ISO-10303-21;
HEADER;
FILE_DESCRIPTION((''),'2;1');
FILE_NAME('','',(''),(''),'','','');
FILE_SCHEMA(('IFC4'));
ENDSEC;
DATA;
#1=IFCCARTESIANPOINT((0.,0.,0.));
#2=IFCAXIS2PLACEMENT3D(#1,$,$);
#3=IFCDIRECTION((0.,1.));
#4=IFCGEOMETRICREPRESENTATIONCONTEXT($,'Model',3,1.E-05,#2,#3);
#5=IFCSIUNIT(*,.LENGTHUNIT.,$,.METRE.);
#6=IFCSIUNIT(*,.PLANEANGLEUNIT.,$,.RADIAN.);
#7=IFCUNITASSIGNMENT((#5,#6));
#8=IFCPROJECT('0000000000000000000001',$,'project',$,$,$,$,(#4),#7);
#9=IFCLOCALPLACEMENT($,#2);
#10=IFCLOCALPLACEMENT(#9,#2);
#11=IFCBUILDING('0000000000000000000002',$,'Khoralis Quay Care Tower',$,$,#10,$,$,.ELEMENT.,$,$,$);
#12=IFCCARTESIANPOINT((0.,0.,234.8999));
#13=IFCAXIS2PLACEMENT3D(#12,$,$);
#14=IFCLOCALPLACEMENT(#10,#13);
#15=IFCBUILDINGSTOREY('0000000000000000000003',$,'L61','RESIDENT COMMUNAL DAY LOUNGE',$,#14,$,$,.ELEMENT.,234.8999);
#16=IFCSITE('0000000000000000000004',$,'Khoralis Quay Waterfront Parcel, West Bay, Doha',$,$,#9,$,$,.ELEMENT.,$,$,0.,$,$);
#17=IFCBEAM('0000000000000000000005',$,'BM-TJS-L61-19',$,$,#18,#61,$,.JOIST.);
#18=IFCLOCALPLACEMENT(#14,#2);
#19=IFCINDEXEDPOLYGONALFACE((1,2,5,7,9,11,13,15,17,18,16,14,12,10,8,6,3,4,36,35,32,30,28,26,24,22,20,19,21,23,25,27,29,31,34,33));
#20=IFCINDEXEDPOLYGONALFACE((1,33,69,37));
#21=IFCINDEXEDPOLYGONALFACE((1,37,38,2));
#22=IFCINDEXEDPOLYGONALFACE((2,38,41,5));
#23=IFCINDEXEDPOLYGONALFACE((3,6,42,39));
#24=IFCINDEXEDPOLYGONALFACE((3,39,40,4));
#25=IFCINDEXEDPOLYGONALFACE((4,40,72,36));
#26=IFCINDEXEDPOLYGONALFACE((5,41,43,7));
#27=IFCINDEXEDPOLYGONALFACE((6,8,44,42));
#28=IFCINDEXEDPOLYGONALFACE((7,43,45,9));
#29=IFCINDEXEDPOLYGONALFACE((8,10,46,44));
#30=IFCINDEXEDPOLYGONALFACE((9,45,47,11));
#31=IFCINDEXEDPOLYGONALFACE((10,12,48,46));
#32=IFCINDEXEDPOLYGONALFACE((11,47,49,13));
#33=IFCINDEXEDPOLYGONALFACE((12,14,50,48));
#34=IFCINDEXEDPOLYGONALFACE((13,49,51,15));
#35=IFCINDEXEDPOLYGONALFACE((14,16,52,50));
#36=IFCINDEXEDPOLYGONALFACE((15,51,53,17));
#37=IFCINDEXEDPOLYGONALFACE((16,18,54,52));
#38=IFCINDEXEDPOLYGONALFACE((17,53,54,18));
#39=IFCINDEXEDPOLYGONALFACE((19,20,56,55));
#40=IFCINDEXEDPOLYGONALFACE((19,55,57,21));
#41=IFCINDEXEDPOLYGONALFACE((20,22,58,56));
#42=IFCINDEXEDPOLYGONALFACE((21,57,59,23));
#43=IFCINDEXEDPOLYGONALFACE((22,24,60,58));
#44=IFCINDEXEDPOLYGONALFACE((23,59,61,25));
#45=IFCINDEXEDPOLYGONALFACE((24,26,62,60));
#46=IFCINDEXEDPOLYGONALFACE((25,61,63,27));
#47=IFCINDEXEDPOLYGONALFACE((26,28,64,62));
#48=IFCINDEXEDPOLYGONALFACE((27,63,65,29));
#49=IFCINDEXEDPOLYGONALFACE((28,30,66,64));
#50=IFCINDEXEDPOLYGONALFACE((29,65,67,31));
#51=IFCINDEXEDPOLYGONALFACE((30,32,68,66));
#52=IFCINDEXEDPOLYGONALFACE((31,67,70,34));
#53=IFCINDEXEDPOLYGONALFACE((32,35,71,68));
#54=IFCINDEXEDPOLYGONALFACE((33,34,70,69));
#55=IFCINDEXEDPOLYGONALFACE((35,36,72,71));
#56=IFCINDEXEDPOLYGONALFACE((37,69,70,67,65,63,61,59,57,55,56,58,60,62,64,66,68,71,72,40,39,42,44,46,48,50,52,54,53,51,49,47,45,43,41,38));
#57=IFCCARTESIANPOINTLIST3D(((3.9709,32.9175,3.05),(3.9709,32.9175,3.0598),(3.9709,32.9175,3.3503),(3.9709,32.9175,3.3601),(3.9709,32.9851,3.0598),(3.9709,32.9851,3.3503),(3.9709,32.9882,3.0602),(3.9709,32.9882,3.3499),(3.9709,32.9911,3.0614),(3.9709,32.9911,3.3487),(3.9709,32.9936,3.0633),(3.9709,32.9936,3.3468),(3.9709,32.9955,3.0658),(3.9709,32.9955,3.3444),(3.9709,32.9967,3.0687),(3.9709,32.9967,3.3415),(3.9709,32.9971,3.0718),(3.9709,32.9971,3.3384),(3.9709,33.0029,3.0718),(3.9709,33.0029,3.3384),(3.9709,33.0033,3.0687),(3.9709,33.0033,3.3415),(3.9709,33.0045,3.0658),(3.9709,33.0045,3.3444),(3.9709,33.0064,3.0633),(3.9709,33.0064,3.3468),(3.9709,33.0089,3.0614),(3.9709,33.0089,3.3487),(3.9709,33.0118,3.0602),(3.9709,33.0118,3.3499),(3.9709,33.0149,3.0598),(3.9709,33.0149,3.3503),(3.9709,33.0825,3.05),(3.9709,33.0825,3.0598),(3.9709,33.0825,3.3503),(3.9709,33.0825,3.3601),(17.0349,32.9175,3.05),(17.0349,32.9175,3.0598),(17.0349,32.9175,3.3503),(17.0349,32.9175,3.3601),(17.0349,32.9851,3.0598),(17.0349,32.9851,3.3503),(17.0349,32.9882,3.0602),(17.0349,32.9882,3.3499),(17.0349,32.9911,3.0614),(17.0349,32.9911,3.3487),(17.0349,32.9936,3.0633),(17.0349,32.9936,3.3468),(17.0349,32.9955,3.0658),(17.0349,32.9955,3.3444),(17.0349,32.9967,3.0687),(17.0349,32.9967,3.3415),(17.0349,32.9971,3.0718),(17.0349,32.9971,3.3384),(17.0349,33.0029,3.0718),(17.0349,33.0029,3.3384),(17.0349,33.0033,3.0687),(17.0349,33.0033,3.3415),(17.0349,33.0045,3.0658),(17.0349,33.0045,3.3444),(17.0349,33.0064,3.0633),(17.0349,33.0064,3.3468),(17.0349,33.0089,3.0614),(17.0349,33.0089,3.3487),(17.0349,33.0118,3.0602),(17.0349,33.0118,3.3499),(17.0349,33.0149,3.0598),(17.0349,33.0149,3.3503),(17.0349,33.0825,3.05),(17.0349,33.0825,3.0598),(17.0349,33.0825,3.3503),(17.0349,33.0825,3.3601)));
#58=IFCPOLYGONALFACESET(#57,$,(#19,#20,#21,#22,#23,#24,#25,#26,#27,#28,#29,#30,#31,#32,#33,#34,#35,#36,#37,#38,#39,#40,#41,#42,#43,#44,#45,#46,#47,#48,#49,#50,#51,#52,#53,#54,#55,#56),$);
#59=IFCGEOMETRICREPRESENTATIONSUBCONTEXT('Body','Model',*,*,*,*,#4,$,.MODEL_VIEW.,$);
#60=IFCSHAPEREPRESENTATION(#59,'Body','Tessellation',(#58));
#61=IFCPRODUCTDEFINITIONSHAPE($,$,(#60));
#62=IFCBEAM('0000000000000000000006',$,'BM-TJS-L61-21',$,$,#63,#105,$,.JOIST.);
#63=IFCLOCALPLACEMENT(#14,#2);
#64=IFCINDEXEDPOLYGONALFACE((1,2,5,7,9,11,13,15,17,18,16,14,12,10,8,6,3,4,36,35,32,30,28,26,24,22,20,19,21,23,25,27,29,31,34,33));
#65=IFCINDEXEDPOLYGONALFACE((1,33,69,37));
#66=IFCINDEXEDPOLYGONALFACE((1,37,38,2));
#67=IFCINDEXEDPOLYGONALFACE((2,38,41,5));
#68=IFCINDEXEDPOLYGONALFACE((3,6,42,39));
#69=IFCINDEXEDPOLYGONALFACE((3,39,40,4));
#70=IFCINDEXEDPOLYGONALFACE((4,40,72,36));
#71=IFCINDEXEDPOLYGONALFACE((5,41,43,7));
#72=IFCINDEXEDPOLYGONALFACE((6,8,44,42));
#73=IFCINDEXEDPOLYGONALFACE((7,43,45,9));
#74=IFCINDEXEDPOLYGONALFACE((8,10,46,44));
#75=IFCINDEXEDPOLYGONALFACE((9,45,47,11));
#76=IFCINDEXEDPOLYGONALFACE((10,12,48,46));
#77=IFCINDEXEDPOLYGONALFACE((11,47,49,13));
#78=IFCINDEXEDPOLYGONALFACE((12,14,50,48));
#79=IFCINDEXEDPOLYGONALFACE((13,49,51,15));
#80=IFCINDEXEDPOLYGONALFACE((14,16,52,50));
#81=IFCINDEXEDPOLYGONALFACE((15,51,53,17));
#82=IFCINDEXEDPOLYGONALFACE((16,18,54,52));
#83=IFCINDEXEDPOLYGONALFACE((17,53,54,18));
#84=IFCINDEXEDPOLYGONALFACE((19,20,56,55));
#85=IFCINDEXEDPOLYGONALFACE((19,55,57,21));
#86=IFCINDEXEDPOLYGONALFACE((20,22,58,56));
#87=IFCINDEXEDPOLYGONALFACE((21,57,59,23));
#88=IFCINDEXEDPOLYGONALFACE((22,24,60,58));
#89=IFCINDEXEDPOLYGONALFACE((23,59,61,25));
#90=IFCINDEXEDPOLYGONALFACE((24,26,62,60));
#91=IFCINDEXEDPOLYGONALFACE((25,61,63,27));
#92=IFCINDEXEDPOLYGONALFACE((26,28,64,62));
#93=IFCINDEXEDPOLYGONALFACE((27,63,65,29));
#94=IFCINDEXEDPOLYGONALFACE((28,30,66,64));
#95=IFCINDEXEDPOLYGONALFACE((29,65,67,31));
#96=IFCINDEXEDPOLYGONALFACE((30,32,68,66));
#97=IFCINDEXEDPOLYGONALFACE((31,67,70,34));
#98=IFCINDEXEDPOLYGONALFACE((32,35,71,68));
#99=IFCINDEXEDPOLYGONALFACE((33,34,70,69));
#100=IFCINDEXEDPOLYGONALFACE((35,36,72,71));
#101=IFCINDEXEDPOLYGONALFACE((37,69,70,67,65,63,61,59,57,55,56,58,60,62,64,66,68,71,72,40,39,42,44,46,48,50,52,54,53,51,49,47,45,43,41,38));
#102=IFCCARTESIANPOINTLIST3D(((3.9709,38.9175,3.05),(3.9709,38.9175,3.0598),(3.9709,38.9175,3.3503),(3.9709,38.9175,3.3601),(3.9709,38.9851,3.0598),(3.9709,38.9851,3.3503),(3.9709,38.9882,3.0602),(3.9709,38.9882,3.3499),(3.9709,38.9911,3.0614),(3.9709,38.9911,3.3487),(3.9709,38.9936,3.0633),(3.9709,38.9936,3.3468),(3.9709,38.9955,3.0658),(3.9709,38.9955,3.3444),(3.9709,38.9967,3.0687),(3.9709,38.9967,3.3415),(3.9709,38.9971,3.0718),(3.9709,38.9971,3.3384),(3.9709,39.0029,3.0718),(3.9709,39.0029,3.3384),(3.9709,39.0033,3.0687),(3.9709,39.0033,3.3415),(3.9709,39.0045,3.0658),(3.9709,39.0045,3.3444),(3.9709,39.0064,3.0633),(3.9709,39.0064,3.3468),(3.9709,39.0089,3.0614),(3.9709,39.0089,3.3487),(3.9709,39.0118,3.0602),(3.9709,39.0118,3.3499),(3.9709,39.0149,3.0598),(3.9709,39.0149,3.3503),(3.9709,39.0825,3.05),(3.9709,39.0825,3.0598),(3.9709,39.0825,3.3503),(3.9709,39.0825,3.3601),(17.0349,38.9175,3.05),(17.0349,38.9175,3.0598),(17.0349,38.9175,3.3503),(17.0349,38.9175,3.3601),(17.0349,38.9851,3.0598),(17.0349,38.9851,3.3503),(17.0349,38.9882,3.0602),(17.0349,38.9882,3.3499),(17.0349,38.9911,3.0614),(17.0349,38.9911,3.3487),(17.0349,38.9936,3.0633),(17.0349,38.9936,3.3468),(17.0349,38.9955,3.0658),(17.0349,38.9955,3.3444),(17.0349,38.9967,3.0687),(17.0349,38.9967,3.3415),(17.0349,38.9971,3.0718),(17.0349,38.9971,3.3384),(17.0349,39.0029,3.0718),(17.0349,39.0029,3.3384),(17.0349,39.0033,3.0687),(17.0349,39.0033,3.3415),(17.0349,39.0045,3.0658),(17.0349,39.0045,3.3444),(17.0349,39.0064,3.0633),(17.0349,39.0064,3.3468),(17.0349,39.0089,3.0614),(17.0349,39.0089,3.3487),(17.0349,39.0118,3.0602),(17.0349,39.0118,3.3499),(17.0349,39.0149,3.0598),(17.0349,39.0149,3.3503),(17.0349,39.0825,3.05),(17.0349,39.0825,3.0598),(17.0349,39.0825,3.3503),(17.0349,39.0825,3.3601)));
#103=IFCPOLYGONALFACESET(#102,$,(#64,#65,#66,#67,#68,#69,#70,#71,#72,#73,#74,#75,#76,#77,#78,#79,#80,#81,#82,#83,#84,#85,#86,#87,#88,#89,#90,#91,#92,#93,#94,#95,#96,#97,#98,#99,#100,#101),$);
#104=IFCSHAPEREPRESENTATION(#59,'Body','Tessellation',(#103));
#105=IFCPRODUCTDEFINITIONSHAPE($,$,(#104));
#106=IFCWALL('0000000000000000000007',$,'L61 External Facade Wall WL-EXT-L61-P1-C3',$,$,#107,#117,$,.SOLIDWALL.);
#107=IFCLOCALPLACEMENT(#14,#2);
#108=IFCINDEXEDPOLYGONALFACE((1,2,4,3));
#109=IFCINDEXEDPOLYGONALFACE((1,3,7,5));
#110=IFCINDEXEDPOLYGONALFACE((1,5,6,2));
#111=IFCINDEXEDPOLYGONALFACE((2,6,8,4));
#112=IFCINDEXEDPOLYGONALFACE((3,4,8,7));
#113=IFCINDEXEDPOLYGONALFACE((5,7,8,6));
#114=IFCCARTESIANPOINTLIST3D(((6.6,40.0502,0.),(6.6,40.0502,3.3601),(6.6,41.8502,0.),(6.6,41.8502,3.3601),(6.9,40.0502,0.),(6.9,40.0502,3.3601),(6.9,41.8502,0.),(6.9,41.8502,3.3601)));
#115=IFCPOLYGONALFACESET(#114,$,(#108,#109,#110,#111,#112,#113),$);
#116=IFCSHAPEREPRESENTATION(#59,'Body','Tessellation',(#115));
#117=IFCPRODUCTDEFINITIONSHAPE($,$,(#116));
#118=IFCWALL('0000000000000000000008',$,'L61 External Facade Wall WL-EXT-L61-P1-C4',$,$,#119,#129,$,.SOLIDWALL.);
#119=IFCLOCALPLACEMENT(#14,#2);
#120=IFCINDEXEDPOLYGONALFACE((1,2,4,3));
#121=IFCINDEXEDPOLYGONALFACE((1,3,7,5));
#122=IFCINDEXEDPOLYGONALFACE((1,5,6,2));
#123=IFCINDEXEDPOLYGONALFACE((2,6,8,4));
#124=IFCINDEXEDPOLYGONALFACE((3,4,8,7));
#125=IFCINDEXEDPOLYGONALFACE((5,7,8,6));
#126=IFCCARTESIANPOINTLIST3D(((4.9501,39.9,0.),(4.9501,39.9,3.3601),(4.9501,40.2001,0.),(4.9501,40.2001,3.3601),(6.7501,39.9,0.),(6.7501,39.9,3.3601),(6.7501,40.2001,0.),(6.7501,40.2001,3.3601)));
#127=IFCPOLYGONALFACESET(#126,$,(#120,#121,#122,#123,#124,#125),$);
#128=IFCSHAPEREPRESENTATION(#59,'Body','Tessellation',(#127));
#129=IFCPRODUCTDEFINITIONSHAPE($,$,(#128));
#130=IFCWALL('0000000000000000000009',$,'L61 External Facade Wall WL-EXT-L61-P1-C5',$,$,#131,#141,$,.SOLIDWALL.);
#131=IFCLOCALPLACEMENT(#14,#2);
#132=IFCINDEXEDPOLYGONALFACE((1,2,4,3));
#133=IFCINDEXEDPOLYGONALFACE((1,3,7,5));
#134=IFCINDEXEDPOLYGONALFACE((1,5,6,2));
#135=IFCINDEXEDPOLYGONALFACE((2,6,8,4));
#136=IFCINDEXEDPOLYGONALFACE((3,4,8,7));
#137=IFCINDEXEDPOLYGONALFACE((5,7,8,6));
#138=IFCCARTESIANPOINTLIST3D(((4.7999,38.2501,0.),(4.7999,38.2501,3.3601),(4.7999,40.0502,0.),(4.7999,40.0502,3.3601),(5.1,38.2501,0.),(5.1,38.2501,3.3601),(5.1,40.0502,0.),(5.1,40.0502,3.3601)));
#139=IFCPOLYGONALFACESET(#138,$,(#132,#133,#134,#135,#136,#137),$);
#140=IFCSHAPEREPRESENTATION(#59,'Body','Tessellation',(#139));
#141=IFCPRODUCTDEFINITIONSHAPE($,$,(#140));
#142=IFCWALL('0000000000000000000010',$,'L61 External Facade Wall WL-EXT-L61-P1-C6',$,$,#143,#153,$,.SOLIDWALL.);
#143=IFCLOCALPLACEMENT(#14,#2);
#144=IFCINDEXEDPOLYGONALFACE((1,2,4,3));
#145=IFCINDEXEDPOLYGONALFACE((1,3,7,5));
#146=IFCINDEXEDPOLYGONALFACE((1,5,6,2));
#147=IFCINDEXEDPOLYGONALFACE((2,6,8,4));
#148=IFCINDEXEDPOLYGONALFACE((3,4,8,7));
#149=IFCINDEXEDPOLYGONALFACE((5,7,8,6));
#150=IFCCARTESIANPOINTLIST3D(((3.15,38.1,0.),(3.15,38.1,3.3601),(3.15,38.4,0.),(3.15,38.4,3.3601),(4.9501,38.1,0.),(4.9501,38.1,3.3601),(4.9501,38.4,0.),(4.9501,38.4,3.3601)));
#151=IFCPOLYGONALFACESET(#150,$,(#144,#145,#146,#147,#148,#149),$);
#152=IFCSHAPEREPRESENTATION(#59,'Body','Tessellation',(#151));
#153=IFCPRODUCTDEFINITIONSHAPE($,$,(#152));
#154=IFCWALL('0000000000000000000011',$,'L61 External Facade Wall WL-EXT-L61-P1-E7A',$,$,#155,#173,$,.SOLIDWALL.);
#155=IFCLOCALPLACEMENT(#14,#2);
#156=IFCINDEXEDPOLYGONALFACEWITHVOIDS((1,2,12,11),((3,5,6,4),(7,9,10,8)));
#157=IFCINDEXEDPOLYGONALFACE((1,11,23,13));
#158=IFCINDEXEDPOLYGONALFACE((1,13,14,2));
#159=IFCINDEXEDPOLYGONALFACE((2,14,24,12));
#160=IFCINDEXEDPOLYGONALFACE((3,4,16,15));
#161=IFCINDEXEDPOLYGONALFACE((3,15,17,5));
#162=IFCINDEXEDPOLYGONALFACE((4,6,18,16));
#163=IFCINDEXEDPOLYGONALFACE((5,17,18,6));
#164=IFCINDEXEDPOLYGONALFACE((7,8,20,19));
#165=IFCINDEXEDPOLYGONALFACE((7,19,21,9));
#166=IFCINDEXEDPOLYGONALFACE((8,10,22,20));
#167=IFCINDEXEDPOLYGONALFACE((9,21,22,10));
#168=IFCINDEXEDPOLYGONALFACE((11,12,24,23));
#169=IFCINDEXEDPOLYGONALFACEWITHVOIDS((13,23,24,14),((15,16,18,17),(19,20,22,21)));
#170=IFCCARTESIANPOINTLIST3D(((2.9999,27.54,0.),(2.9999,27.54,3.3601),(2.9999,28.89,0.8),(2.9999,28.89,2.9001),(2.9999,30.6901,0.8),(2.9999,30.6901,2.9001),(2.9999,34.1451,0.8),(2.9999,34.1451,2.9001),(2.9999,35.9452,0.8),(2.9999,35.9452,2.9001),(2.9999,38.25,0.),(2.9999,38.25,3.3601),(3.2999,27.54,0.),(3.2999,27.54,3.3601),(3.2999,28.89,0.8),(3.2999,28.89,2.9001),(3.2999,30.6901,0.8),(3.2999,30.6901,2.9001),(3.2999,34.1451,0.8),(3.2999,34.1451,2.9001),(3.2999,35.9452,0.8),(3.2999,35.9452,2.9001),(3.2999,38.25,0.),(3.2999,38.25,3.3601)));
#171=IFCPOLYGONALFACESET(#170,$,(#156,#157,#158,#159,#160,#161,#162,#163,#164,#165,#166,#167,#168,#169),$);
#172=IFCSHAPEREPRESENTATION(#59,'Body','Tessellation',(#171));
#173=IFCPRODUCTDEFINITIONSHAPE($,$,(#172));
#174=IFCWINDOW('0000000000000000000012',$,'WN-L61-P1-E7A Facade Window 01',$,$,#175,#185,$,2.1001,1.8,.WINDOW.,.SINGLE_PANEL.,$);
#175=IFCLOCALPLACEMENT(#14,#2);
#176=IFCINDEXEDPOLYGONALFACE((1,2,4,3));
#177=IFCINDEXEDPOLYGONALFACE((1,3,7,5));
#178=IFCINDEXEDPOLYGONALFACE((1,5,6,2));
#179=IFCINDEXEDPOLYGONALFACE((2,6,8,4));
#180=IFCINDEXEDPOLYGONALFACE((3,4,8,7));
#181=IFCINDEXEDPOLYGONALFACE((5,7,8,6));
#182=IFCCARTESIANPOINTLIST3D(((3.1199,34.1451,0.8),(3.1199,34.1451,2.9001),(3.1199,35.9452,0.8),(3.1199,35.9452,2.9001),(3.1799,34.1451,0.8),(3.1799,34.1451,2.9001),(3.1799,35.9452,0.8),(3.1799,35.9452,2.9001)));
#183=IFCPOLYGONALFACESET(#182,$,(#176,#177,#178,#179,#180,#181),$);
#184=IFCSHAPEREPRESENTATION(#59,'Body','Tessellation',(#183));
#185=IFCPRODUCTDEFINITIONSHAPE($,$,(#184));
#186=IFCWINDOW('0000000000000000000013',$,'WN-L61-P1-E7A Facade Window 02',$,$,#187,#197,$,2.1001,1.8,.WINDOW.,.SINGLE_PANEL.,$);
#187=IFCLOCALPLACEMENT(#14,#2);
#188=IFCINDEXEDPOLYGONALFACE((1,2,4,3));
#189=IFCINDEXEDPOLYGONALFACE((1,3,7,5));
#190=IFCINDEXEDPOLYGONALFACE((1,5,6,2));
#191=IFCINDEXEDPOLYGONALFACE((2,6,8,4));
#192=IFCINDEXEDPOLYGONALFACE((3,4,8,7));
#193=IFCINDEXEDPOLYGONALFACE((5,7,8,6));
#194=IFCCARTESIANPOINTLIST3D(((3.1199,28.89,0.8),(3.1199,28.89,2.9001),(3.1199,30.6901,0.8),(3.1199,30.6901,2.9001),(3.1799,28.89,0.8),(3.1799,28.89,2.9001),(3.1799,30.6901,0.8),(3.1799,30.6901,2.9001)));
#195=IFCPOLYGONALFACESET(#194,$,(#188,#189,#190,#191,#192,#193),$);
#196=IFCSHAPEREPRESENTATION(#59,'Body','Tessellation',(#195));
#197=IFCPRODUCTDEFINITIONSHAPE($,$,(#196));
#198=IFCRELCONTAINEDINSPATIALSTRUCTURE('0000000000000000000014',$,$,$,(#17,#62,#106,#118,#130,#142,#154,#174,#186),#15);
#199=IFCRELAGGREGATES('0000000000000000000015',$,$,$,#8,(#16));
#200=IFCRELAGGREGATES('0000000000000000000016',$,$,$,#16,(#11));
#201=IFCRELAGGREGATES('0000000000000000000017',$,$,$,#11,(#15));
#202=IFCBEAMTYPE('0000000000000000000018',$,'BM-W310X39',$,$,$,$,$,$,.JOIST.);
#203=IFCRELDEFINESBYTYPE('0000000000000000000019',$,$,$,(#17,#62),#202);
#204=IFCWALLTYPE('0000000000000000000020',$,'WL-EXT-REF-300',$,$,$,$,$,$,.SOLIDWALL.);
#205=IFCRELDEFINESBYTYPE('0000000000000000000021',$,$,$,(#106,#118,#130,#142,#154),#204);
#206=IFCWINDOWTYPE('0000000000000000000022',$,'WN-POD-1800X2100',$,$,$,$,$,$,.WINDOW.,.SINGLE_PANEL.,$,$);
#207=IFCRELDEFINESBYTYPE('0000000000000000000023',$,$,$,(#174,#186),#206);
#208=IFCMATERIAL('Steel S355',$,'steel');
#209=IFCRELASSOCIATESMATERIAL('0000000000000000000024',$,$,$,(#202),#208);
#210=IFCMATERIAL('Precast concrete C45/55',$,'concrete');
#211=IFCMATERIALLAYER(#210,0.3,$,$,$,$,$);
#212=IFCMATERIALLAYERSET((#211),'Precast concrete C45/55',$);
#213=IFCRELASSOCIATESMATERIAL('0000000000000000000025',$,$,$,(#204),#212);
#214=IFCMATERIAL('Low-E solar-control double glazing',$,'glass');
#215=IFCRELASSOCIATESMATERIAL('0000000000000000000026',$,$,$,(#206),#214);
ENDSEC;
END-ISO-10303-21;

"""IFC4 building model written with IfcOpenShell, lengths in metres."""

from ifc_helpers import new_model, si_unit, direction, frame, frame_2d, origin, origin_2d, place, context, subcontext, project, spatial, rectangle, i_section, extrude, source, transform, mapped, material, layer, layer_set, material_profile, profile_set, type_object, element, fill, save


model = new_model("IFC4")

# Units and contexts
model_context = context("Model", 3, precision=1e-05, world=origin(), true_north=direction((0.0, 1.0)))
body_context = subcontext(model_context, "Body", "Model", "MODEL_VIEW")
ifc_project = project(units=[si_unit("LENGTHUNIT", "METRE"), si_unit("PLANEANGLEUNIT", "RADIAN")], contexts=[model_context])

# Site, building, storey
site_placement = place(None, origin())
site = spatial("IfcSite", under=ifc_project, at=site_placement, Name="Khoralis Quay Waterfront Parcel, West Bay, Doha", CompositionType="ELEMENT", RefElevation=0.0)
building_placement = place(site_placement, origin())
building = spatial("IfcBuilding", under=site, at=building_placement, Name="Khoralis Quay Care Tower", CompositionType="ELEMENT")
storey_placement = place(building_placement, frame((0.0, 0.0, 234.8999)))
storey = spatial("IfcBuildingStorey", under=building, at=storey_placement, Name="L61", Description="RESIDENT COMMUNAL DAY LOUNGE", CompositionType="ELEMENT", Elevation=234.8999)

# Beams
ifc_material_1 = material(Name="Steel S355", Category="steel")
ifc_material_profile_1 = material_profile(ifc_material_1, i_section(OverallWidth=0.165, OverallDepth=0.3101, WebThickness=0.0059, FlangeThickness=0.0098, FilletRadius=0.012, at=origin_2d()), Name="Steel S355")
ifc_profile_set_1 = profile_set([ifc_material_profile_1], Name="Steel S355")
beam_type_1 = type_object("IfcBeamType", Name="BM-W310X39", PredefinedType="JOIST", material=ifc_profile_set_1)
shared_shape_1 = source(origin(), body_context, "Body", "SweptSolid", [
    extrude(i_section(OverallWidth=0.165, OverallDepth=0.3101, WebThickness=0.0059, FlangeThickness=0.0098, FilletRadius=0.012, at=origin_2d()), origin(), (0.0, 0.0, 1.0), 13.064),
])
for number, where, z_axis, x_axis, name in (
    (1, (3.9709, 33.0, 3.2051), (1.0, 0.0, 0.0), (0.0, 1.0, 0.0), "BM-TJS-L61-19"),
    (2, (3.9709, 39.0, 3.2051), (1.0, 0.0, 0.0), (0.0, 1.0, 0.0), "BM-TJS-L61-21"),
):
    element("IfcBeam", number, at=place(storey_placement, frame(where, z_axis=z_axis, x_axis=x_axis)), inside=storey, type_object=beam_type_1, Name=name, PredefinedType="JOIST", context=body_context, shape_type="MappedRepresentation", body=[
        mapped(shared_shape_1, transform((0.0, 0.0, 0.0), scale=1.0)),
    ])

# Walls
ifc_material_2 = material(Name="Precast concrete C45/55", Category="concrete")
ifc_layer_1 = layer(ifc_material_2, 0.3)
ifc_layer_set_1 = layer_set([ifc_layer_1], Name="Precast concrete C45/55")
wall_type_1 = type_object("IfcWallType", Name="WL-EXT-REF-300", PredefinedType="SOLIDWALL", material=ifc_layer_set_1)
for number, where, z_axis, x_axis, name in (
    (3, (6.75, 41.8501, 0.0), (0.0, 0.0, 1.0), (0.0, -1.0, 0.0), "L61 External Facade Wall WL-EXT-L61-P1-C3"),
    (4, (6.75, 40.05, 0.0), (0.0, 0.0, 1.0), (-1.0, 0.0, 0.0), "L61 External Facade Wall WL-EXT-L61-P1-C4"),
    (5, (4.95, 40.05, 0.0), (0.0, 0.0, 1.0), (0.0, -1.0, 0.0), "L61 External Facade Wall WL-EXT-L61-P1-C5"),
    (6, (4.95, 38.25, 0.0), (0.0, 0.0, 1.0), (-1.0, 0.0, 0.0), "L61 External Facade Wall WL-EXT-L61-P1-C6"),
):
    element("IfcWall", number, at=place(storey_placement, frame(where, z_axis=z_axis, x_axis=x_axis)), inside=storey, type_object=wall_type_1, Name=name, PredefinedType="SOLIDWALL", context=body_context, shape_type="SweptSolid", body=[
        extrude(rectangle(XDim=1.8, YDim=0.3, at=frame_2d((0.8999, 0.0))), origin(), (0.0, 0.0, 1.0), 3.3601),
    ])

# Wall, openings, windows
wall_1_placement = place(storey_placement, frame((3.1499, 38.25, 0.0), z_axis=(0.0, 0.0, 1.0), x_axis=(0.0, -1.0, 0.0)))
wall_1 = element("IfcWall", 7, at=wall_1_placement, inside=storey, type_object=wall_type_1, Name="L61 External Facade Wall WL-EXT-L61-P1-E7A", PredefinedType="SOLIDWALL", context=body_context, shape_type="SweptSolid", body=[
    extrude(rectangle(XDim=10.71, YDim=0.3, at=frame_2d((5.355, 0.0))), origin(), (0.0, 0.0, 1.0), 3.3601),
])
opening_1_placement = place(wall_1_placement, frame((2.3049, 0.0, 0.8)))
opening_1 = element("IfcOpeningElement", 8, at=opening_1_placement, cuts=wall_1, PredefinedType="OPENING", context=body_context, shape_type="SweptSolid", body=[
    extrude(rectangle(XDim=1.8, YDim=2.1001, at=frame_2d((0.8999, 1.05))), frame((0.0, 0.1602, 0.0), z_axis=(0.0, -1.0, 0.0), x_axis=(1.0, 0.0, 0.0)), (0.0, 0.0, 1.0), 0.3201),
])
opening_2_placement = place(wall_1_placement, frame((7.5601, 0.0, 0.8)))
opening_2 = element("IfcOpeningElement", 9, at=opening_2_placement, cuts=wall_1, PredefinedType="OPENING", context=body_context, shape_type="SweptSolid", body=[
    extrude(rectangle(XDim=1.8, YDim=2.1001, at=frame_2d((0.8999, 1.05))), frame((0.0, 0.1602, 0.0), z_axis=(0.0, -1.0, 0.0), x_axis=(1.0, 0.0, 0.0)), (0.0, 0.0, 1.0), 0.3201),
])
ifc_material_3 = material(Name="Low-E solar-control double glazing", Category="glass")
window_type = type_object("IfcWindowType", Name="WN-POD-1800X2100", PartitioningType="SINGLE_PANEL", PredefinedType="WINDOW", material=ifc_material_3)
shared_shape_2 = source(origin(), body_context, "Body", "SweptSolid", [
    extrude(rectangle(XDim=1.8, YDim=2.1001, at=frame_2d((0.8999, 1.05))), frame((0.0, 0.03, 0.0), z_axis=(0.0, -1.0, 0.0), x_axis=(1.0, 0.0, 0.0)), (0.0, 0.0, 1.0), 0.0601),
])
window_1_placement = place(opening_1_placement, origin())
window_1 = element("IfcWindow", 10, at=window_1_placement, inside=storey, type_object=window_type, Name="WN-L61-P1-E7A Facade Window 01", OverallHeight=2.1001, OverallWidth=1.8, PartitioningType="SINGLE_PANEL", PredefinedType="WINDOW", context=body_context, shape_type="MappedRepresentation", body=[
    mapped(shared_shape_2, transform((0.0, 0.0, 0.0), scale=1.0)),
])
fill(opening_1, window_1)
window_2_placement = place(opening_2_placement, origin())
window_2 = element("IfcWindow", 11, at=window_2_placement, inside=storey, type_object=window_type, Name="WN-L61-P1-E7A Facade Window 02", OverallHeight=2.1001, OverallWidth=1.8, PartitioningType="SINGLE_PANEL", PredefinedType="WINDOW", context=body_context, shape_type="MappedRepresentation", body=[
    mapped(shared_shape_2, transform((0.0, 0.0, 0.0), scale=1.0)),
])
fill(opening_2, window_2)

save(model, "model.ifc")
